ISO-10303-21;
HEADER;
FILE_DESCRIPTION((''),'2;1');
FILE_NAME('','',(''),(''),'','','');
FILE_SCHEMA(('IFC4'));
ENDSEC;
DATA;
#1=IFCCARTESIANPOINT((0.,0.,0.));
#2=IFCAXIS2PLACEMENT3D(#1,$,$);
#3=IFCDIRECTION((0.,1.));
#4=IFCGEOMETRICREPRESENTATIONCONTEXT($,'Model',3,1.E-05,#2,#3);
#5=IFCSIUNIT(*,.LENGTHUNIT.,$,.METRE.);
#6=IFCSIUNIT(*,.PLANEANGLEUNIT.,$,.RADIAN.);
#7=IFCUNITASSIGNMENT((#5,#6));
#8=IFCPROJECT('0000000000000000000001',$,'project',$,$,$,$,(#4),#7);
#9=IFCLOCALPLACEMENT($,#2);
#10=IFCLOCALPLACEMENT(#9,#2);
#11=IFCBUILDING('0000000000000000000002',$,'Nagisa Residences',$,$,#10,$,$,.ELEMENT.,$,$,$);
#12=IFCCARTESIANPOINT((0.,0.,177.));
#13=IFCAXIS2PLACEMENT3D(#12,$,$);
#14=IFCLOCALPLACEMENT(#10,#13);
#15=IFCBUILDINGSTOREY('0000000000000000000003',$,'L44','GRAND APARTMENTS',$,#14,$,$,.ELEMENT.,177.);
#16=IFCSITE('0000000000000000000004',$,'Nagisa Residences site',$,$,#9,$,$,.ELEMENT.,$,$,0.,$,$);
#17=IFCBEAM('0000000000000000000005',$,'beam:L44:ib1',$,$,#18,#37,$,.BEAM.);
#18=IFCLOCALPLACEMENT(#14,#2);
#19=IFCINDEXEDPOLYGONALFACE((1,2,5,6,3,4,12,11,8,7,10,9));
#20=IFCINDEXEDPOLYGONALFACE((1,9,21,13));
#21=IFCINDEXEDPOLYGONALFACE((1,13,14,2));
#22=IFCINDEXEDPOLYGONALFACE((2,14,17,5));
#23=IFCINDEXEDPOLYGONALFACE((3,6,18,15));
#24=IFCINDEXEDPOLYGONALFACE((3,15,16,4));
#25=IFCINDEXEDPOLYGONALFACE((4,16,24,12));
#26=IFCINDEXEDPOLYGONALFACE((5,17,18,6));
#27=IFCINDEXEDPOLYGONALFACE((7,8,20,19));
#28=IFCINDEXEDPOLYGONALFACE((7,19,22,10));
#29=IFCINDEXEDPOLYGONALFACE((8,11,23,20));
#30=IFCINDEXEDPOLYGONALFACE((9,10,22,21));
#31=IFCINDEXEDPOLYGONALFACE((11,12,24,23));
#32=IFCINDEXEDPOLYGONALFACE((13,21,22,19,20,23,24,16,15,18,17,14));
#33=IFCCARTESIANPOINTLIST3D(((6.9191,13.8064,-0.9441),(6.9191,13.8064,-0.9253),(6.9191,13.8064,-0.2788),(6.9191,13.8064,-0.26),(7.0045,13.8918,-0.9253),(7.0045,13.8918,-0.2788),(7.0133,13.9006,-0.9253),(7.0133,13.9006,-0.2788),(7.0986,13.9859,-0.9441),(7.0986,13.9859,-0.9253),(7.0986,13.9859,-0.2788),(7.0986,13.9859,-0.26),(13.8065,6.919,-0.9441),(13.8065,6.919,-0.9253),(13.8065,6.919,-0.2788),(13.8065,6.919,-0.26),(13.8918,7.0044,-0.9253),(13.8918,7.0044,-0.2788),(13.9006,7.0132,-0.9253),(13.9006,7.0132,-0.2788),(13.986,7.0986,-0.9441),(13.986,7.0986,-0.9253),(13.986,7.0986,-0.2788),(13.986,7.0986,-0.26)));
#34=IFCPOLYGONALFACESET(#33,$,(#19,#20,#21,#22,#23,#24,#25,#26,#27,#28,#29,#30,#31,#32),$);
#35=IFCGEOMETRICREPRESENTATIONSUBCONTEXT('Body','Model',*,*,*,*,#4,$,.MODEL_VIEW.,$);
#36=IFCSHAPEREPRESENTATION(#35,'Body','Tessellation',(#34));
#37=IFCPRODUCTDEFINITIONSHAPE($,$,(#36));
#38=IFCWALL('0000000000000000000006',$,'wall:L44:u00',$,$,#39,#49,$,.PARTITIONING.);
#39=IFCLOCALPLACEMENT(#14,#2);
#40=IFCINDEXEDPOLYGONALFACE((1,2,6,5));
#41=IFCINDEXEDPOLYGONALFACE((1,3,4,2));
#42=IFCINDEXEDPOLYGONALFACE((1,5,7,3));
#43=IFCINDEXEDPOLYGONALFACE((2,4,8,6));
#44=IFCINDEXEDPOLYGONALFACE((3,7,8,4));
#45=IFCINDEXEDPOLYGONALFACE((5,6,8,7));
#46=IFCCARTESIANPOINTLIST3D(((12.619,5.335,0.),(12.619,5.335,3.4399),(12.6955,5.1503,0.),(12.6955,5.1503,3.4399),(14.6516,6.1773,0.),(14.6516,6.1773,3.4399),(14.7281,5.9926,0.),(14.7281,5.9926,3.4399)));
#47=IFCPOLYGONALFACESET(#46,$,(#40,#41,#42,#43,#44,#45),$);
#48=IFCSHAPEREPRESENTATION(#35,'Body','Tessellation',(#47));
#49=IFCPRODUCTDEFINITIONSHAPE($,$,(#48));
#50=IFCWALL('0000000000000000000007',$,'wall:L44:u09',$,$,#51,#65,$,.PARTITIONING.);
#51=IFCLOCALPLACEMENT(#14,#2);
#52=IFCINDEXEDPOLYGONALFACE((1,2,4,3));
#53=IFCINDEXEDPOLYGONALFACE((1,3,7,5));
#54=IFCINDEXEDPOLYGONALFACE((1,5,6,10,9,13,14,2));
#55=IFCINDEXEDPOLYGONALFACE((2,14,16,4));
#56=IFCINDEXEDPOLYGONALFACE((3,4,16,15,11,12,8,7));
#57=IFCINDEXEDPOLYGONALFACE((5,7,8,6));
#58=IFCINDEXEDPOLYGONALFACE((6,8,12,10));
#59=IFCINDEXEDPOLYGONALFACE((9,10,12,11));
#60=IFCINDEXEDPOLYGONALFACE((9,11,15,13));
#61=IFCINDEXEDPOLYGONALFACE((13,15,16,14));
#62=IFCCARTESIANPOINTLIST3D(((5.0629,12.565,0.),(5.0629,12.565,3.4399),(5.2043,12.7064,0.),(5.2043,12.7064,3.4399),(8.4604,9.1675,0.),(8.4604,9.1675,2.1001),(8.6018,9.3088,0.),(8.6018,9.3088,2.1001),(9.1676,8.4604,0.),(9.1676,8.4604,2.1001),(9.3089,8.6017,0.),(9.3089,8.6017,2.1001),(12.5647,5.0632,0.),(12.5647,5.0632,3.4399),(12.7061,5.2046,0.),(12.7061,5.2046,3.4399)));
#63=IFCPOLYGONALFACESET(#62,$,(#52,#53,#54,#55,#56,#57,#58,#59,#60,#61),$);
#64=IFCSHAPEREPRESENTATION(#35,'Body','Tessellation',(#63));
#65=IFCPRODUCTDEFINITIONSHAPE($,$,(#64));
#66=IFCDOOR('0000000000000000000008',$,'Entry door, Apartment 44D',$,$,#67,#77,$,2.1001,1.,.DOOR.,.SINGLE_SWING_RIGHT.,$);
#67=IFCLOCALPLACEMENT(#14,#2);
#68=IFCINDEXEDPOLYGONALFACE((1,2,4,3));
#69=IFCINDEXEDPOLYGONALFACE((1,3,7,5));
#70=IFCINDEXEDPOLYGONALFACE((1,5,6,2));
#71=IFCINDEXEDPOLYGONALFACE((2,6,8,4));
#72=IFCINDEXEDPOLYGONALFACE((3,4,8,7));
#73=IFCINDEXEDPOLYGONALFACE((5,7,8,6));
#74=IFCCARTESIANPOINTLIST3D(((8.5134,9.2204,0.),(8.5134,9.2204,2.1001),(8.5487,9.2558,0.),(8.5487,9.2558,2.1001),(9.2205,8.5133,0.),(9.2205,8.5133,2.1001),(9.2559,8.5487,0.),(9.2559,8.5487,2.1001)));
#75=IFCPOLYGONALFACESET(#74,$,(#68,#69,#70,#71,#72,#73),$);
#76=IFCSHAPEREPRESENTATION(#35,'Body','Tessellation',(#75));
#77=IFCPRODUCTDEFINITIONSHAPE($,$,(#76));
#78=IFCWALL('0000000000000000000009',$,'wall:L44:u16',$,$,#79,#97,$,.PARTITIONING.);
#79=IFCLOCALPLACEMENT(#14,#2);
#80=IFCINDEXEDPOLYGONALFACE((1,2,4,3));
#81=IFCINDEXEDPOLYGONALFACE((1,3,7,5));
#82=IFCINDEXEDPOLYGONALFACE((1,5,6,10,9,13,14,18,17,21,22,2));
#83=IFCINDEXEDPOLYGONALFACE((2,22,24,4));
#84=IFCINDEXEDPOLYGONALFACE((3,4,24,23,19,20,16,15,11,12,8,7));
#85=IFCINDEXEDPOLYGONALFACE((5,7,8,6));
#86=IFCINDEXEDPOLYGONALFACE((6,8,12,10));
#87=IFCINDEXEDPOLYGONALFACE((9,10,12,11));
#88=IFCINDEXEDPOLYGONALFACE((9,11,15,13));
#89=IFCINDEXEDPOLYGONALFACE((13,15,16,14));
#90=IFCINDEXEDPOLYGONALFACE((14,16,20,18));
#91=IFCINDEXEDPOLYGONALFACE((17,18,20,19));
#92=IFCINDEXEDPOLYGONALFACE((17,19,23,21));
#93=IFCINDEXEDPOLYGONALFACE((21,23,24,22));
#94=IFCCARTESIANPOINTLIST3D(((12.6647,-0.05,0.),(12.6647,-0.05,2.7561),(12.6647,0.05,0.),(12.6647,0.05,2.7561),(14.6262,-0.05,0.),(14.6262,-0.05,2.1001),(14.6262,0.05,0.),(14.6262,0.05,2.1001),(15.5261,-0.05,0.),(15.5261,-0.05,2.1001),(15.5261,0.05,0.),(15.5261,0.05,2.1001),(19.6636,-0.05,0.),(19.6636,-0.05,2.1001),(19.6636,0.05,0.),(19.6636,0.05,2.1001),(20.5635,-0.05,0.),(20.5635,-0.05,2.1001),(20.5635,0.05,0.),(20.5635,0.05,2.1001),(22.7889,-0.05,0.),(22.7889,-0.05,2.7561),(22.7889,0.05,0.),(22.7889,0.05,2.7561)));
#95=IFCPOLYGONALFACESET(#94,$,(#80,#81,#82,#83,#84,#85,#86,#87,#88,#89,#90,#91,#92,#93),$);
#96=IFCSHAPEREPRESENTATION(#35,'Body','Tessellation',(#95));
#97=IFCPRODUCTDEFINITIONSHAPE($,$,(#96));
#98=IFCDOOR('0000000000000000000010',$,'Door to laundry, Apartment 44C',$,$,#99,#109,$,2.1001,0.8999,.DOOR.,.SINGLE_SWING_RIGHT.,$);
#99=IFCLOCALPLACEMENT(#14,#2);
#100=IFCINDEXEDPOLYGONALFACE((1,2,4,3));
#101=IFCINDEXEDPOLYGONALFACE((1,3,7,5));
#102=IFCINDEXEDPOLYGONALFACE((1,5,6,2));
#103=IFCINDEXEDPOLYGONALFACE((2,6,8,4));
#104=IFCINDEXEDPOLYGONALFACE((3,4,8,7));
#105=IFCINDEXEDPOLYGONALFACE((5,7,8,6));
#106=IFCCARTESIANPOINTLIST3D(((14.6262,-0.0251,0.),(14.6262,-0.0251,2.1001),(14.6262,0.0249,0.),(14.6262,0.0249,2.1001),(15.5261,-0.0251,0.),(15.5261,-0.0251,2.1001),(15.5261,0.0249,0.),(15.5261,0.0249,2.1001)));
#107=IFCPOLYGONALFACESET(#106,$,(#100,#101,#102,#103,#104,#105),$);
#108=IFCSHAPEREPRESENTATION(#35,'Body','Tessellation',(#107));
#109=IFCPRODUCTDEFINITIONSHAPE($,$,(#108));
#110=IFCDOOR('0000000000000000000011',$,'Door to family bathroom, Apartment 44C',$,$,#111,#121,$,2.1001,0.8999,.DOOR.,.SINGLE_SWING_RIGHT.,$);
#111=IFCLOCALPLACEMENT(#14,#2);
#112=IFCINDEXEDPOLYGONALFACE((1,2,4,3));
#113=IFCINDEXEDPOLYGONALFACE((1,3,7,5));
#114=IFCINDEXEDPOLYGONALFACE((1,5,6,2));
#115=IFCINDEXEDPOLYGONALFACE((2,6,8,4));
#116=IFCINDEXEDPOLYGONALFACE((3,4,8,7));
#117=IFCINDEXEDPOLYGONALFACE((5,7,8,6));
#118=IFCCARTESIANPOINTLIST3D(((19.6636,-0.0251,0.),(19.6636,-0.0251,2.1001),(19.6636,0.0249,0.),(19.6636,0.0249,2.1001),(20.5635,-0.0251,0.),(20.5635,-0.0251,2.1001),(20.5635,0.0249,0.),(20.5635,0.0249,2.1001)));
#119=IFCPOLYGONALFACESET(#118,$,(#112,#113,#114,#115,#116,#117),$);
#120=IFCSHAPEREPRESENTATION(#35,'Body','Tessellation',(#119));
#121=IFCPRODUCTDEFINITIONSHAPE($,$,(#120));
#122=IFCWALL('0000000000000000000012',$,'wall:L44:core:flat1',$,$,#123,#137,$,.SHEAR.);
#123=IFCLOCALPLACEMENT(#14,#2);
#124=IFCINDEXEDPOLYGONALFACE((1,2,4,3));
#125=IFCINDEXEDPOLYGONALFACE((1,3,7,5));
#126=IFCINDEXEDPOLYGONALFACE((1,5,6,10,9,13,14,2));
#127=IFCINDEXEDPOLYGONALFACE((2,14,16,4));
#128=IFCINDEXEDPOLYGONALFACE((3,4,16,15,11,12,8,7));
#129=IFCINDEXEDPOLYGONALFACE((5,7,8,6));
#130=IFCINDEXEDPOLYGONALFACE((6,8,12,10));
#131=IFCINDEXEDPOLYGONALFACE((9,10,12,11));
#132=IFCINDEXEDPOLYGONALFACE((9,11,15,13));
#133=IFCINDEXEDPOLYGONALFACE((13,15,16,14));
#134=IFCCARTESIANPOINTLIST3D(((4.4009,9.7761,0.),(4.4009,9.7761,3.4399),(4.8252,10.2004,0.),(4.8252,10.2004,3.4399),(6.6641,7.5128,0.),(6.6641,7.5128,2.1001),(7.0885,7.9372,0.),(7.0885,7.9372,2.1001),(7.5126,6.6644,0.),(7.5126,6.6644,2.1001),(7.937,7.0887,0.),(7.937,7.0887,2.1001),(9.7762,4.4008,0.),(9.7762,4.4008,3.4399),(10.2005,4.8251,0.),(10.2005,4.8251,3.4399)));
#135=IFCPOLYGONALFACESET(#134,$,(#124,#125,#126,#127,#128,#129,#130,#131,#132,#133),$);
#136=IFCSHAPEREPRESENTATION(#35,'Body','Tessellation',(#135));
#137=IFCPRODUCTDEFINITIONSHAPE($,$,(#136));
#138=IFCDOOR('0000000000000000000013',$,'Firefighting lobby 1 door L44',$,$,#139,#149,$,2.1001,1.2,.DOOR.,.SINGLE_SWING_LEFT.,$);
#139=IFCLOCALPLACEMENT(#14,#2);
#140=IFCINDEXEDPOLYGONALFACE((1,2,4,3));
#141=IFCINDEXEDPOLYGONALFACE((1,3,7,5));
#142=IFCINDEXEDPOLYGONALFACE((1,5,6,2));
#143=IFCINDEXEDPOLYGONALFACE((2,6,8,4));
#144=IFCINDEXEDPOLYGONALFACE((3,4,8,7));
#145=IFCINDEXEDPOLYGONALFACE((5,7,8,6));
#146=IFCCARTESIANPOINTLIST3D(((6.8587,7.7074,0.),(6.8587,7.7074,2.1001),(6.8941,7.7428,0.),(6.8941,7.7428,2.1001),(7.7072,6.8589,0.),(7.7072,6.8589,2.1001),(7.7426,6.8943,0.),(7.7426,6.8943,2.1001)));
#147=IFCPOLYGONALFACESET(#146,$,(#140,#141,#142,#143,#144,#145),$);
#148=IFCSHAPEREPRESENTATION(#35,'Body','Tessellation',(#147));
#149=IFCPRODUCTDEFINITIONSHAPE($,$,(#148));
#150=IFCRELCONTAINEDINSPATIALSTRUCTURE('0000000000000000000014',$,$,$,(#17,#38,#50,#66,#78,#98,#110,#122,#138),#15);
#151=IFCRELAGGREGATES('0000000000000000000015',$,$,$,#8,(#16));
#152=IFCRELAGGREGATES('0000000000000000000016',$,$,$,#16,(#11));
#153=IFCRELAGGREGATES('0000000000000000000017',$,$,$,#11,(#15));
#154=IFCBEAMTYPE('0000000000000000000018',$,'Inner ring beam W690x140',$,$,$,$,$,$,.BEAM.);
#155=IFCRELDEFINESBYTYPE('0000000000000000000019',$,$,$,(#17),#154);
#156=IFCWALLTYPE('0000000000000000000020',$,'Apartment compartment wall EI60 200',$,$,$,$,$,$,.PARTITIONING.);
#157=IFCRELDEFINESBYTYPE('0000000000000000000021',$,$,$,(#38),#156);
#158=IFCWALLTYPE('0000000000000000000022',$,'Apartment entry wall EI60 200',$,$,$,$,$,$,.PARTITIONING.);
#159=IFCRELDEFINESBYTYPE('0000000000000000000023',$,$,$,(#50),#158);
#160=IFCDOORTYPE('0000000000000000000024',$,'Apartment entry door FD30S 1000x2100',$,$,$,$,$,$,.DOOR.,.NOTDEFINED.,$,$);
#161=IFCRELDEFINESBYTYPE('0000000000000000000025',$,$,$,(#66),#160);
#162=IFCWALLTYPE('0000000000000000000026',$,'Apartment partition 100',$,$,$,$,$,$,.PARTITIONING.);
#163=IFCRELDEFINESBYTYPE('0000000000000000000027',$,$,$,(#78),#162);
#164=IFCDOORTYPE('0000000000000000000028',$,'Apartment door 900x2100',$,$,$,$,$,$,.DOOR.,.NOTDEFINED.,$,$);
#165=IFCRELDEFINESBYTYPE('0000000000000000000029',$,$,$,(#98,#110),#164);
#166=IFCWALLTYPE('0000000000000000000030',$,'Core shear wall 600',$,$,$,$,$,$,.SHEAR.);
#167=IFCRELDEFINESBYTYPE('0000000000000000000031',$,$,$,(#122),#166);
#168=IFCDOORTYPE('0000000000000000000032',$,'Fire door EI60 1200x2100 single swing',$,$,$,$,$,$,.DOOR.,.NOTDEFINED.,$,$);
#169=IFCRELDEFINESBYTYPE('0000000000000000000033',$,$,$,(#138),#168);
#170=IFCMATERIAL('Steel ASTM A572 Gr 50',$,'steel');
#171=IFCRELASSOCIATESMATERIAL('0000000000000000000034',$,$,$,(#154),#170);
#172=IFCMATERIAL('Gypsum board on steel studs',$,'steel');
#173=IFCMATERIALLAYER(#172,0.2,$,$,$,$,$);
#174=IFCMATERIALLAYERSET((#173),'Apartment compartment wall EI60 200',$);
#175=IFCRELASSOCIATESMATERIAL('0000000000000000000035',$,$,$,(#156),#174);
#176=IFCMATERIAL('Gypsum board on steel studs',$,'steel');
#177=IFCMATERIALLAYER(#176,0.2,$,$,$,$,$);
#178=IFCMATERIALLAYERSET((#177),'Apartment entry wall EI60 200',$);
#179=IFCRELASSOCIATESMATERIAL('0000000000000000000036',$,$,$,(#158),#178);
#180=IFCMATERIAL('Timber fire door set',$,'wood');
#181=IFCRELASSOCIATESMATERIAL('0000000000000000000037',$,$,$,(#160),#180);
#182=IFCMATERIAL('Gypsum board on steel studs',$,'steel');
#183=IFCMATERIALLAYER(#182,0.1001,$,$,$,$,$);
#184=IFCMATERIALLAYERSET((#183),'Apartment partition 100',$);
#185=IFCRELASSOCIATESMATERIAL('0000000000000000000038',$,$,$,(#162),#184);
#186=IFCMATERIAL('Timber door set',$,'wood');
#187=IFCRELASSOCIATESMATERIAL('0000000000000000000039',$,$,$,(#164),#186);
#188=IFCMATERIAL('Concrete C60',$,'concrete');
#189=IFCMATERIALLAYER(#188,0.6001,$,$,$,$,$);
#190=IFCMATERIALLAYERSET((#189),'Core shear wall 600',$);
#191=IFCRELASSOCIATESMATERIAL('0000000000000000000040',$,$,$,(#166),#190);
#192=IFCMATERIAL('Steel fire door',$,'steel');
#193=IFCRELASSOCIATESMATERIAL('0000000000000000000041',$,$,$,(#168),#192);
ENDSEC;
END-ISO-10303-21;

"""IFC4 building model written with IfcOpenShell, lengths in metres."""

from ifc_helpers import new_model, si_unit, direction, frame, frame_2d, origin, origin_2d, place, context, subcontext, project, spatial, rectangle, i_section, extrude, material, layer, layer_set, material_profile, profile_set, type_object, element, fill, save


model = new_model("IFC4")

# Units and contexts
model_context = context("Model", 3, precision=1e-05, world=origin(), true_north=direction((0.0, 1.0)))
body_context = subcontext(model_context, "Body", "Model", "MODEL_VIEW")
ifc_project = project(units=[si_unit("LENGTHUNIT", "METRE"), si_unit("PLANEANGLEUNIT", "RADIAN")], contexts=[model_context])

# Site, building, storey
site_placement = place(None, origin())
site = spatial("IfcSite", under=ifc_project, at=site_placement, Name="Nagisa Residences site", CompositionType="ELEMENT", RefElevation=0.0)
building_placement = place(site_placement, origin())
building = spatial("IfcBuilding", under=site, at=building_placement, Name="Nagisa Residences", CompositionType="ELEMENT")
storey_placement = place(building_placement, frame((0.0, 0.0, 177.0)))
storey = spatial("IfcBuildingStorey", under=building, at=storey_placement, Name="L44", Description="GRAND APARTMENTS", CompositionType="ELEMENT", Elevation=177.0)

# Beam
ifc_material_1 = material(Name="Steel ASTM A572 Gr 50", Category="steel")
ifc_material_profile = material_profile(ifc_material_1, i_section(OverallWidth=0.2539, OverallDepth=0.6841, WebThickness=0.0125, FlangeThickness=0.0188, at=origin_2d()), Name="W690x140")
ifc_profile_set = profile_set([ifc_material_profile], Name="Steel ASTM A572 Gr 50")
beam_type = type_object("IfcBeamType", Name="Inner ring beam W690x140", PredefinedType="BEAM", material=ifc_profile_set)
beam_placement = place(storey_placement, frame((13.8962, 7.0088, -0.6021), z_axis=(-0.707107, 0.707107, 0.0), x_axis=(-0.707107, -0.707107, 0.0)))
element("IfcBeam", 1, at=beam_placement, inside=storey, type_object=beam_type, Name="beam:L44:ib1", PredefinedType="BEAM", context=body_context, shape_type="SweptSolid", body=[
    extrude(i_section(OverallWidth=0.2539, OverallDepth=0.6841, WebThickness=0.0125, FlangeThickness=0.0188, at=origin_2d()), origin(), (0.0, 0.0, 1.0), 9.7402),
])

# Wall
ifc_material_2 = material(Name="Gypsum board on steel studs", Category="steel")
ifc_layer_1 = layer(ifc_material_2, 0.2)
ifc_layer_set_1 = layer_set([ifc_layer_1], Name="Apartment compartment wall EI60 200")
wall_type_1 = type_object("IfcWallType", Name="Apartment compartment wall EI60 200", PredefinedType="PARTITIONING", material=ifc_layer_set_1)
wall_1_placement = place(storey_placement, frame((12.6572, 5.2427, 0.0), z_axis=(0.0, 0.0, 1.0), x_axis=(0.92383, 0.382803, 0.0)))
element("IfcWall", 2, at=wall_1_placement, inside=storey, type_object=wall_type_1, Name="wall:L44:u00", PredefinedType="PARTITIONING", context=body_context, shape_type="SweptSolid", body=[
    extrude(rectangle(XDim=2.2002, YDim=0.2, at=frame_2d((1.1001, 0.0))), origin(), (0.0, 0.0, 1.0), 3.4399),
])

# Wall, opening, door
ifc_material_3 = material(Name="Gypsum board on steel studs", Category="steel")
ifc_layer_2 = layer(ifc_material_3, 0.2)
ifc_layer_set_2 = layer_set([ifc_layer_2], Name="Apartment entry wall EI60 200")
wall_type_2 = type_object("IfcWallType", Name="Apartment entry wall EI60 200", PredefinedType="PARTITIONING", material=ifc_layer_set_2)
wall_2_placement = place(storey_placement, frame((12.6355, 5.1338, 0.0), z_axis=(0.0, 0.0, 1.0), x_axis=(-0.707107, 0.707107, 0.0)))
wall_2 = element("IfcWall", 3, at=wall_2_placement, inside=storey, type_object=wall_type_2, Name="wall:L44:u09", PredefinedType="PARTITIONING", context=body_context, shape_type="SweptSolid", body=[
    extrude(rectangle(XDim=10.6091, YDim=0.2, at=frame_2d((5.3047, 0.0))), origin(), (0.0, 0.0, 1.0), 3.4399),
])
opening_1_placement = place(wall_2_placement, frame((4.8044, 0.0, 0.0)))
opening_1 = element("IfcOpeningElement", 4, at=opening_1_placement, cuts=wall_2, PredefinedType="OPENING", context=body_context, shape_type="SweptSolid", body=[
    extrude(rectangle(XDim=1.0, YDim=2.1001, at=frame_2d((0.5, 1.05))), frame((0.0, 0.1099, 0.0), z_axis=(0.0, -1.0, 0.0), x_axis=(1.0, 0.0, 0.0)), (0.0, 0.0, 1.0), 0.22),
])
ifc_material_4 = material(Name="Timber fire door set", Category="wood")
door_type_1 = type_object("IfcDoorType", Name="Apartment entry door FD30S 1000x2100", OperationType="NOTDEFINED", PredefinedType="DOOR", material=ifc_material_4)
door_1_placement = place(opening_1_placement, frame((1.0, 0.0, 0.0), x_axis=(-1.0, 0.0, 0.0)))
door_1 = element("IfcDoor", 5, at=door_1_placement, inside=storey, type_object=door_type_1, Name="Entry door, Apartment 44D", OperationType="SINGLE_SWING_RIGHT", OverallHeight=2.1001, OverallWidth=1.0, PredefinedType="DOOR", context=body_context, shape_type="SweptSolid", body=[
    extrude(rectangle(XDim=1.0, YDim=2.1001, at=frame_2d((0.5, 1.05))), frame((0.0, 0.0249, 0.0), z_axis=(0.0, -1.0, 0.0), x_axis=(1.0, 0.0, 0.0)), (0.0, 0.0, 1.0), 0.05),
])
fill(opening_1, door_1)

# Wall, openings, doors
ifc_material_5 = material(Name="Gypsum board on steel studs", Category="steel")
ifc_layer_3 = layer(ifc_material_5, 0.1001)
ifc_layer_set_3 = layer_set([ifc_layer_3], Name="Apartment partition 100")
wall_type_3 = type_object("IfcWallType", Name="Apartment partition 100", PredefinedType="PARTITIONING", material=ifc_layer_set_3)
wall_3_placement = place(storey_placement, frame((12.6648, 0.0, 0.0), z_axis=(0.0, 0.0, 1.0), x_axis=(1.0, 0.0, 0.0)))
wall_3 = element("IfcWall", 6, at=wall_3_placement, inside=storey, type_object=wall_type_3, Name="wall:L44:u16", PredefinedType="PARTITIONING", context=body_context, shape_type="SweptSolid", body=[
    extrude(rectangle(XDim=10.1243, YDim=0.1001, at=frame_2d((5.062, 0.0))), origin(), (0.0, 0.0, 1.0), 2.7561),
])
opening_2_placement = place(wall_3_placement, frame((1.9614, 0.0, 0.0)))
opening_2 = element("IfcOpeningElement", 7, at=opening_2_placement, cuts=wall_3, PredefinedType="OPENING", context=body_context, shape_type="SweptSolid", body=[
    extrude(rectangle(XDim=0.8999, YDim=2.1001, at=frame_2d((0.45, 1.05))), frame((0.0, 0.0601, 0.0), z_axis=(0.0, -1.0, 0.0), x_axis=(1.0, 0.0, 0.0)), (0.0, 0.0, 1.0), 0.1201),
])
opening_3_placement = place(wall_3_placement, frame((6.9988, 0.0, 0.0)))
opening_3 = element("IfcOpeningElement", 8, at=opening_3_placement, cuts=wall_3, PredefinedType="OPENING", context=body_context, shape_type="SweptSolid", body=[
    extrude(rectangle(XDim=0.8999, YDim=2.1001, at=frame_2d((0.45, 1.05))), frame((0.0, 0.0601, 0.0), z_axis=(0.0, -1.0, 0.0), x_axis=(1.0, 0.0, 0.0)), (0.0, 0.0, 1.0), 0.1201),
])
ifc_material_6 = material(Name="Timber door set", Category="wood")
door_type_2 = type_object("IfcDoorType", Name="Apartment door 900x2100", OperationType="NOTDEFINED", PredefinedType="DOOR", material=ifc_material_6)
door_2_placement = place(opening_2_placement, origin())
door_2 = element("IfcDoor", 9, at=door_2_placement, inside=storey, type_object=door_type_2, Name="Door to laundry, Apartment 44C", OperationType="SINGLE_SWING_RIGHT", OverallHeight=2.1001, OverallWidth=0.8999, PredefinedType="DOOR", context=body_context, shape_type="SweptSolid", body=[
    extrude(rectangle(XDim=0.8999, YDim=2.1001, at=frame_2d((0.45, 1.05))), frame((0.0, 0.0249, 0.0), z_axis=(0.0, -1.0, 0.0), x_axis=(1.0, 0.0, 0.0)), (0.0, 0.0, 1.0), 0.05),
])
fill(opening_2, door_2)
door_3_placement = place(opening_3_placement, origin())
door_3 = element("IfcDoor", 10, at=door_3_placement, inside=storey, type_object=door_type_2, Name="Door to family bathroom, Apartment 44C", OperationType="SINGLE_SWING_RIGHT", OverallHeight=2.1001, OverallWidth=0.8999, PredefinedType="DOOR", context=body_context, shape_type="SweptSolid", body=[
    extrude(rectangle(XDim=0.8999, YDim=2.1001, at=frame_2d((0.45, 1.05))), frame((0.0, 0.0249, 0.0), z_axis=(0.0, -1.0, 0.0), x_axis=(1.0, 0.0, 0.0)), (0.0, 0.0, 1.0), 0.05),
])
fill(opening_3, door_3)

# Wall, opening, door
ifc_material_7 = material(Name="Concrete C60", Category="concrete")
ifc_layer_4 = layer(ifc_material_7, 0.6001)
ifc_layer_set_4 = layer_set([ifc_layer_4], Name="Core shear wall 600")
wall_type_4 = type_object("IfcWallType", Name="Core shear wall 600", PredefinedType="SHEAR", material=ifc_layer_set_4)
wall_4_placement = place(storey_placement, frame((9.9883, 4.613, 0.0), z_axis=(0.0, 0.0, 1.0), x_axis=(-0.707107, 0.707107, 0.0)))
wall_4 = element("IfcWall", 11, at=wall_4_placement, inside=storey, type_object=wall_type_4, Name="wall:L44:core:flat1", PredefinedType="SHEAR", context=body_context, shape_type="SweptSolid", body=[
    extrude(rectangle(XDim=7.6018, YDim=0.6001, at=frame_2d((3.8008, 0.0))), origin(), (0.0, 0.0, 1.0), 3.4399),
])
opening_4_placement = place(wall_4_placement, frame((3.2009, 0.0, 0.0)))
opening_4 = element("IfcOpeningElement", 12, at=opening_4_placement, cuts=wall_4, PredefinedType="OPENING", context=body_context, shape_type="SweptSolid", body=[
    extrude(rectangle(XDim=1.2, YDim=2.1001, at=frame_2d((0.6001, 1.05))), frame((0.0, 0.3101, 0.0), z_axis=(0.0, -1.0, 0.0), x_axis=(1.0, 0.0, 0.0)), (0.0, 0.0, 1.0), 0.6201),
])
ifc_material_8 = material(Name="Steel fire door", Category="steel")
door_type_3 = type_object("IfcDoorType", Name="Fire door EI60 1200x2100 single swing", OperationType="NOTDEFINED", PredefinedType="DOOR", material=ifc_material_8)
door_4_placement = place(opening_4_placement, origin())
door_4 = element("IfcDoor", 13, at=door_4_placement, inside=storey, type_object=door_type_3, Name="Firefighting lobby 1 door L44", OperationType="SINGLE_SWING_LEFT", OverallHeight=2.1001, OverallWidth=1.2, PredefinedType="DOOR", context=body_context, shape_type="SweptSolid", body=[
    extrude(rectangle(XDim=1.2, YDim=2.1001, at=frame_2d((0.6001, 1.05))), frame((0.0, 0.0249, 0.0), z_axis=(0.0, -1.0, 0.0), x_axis=(1.0, 0.0, 0.0)), (0.0, 0.0, 1.0), 0.05),
])
fill(opening_4, door_4)

save(model, "model.ifc")
